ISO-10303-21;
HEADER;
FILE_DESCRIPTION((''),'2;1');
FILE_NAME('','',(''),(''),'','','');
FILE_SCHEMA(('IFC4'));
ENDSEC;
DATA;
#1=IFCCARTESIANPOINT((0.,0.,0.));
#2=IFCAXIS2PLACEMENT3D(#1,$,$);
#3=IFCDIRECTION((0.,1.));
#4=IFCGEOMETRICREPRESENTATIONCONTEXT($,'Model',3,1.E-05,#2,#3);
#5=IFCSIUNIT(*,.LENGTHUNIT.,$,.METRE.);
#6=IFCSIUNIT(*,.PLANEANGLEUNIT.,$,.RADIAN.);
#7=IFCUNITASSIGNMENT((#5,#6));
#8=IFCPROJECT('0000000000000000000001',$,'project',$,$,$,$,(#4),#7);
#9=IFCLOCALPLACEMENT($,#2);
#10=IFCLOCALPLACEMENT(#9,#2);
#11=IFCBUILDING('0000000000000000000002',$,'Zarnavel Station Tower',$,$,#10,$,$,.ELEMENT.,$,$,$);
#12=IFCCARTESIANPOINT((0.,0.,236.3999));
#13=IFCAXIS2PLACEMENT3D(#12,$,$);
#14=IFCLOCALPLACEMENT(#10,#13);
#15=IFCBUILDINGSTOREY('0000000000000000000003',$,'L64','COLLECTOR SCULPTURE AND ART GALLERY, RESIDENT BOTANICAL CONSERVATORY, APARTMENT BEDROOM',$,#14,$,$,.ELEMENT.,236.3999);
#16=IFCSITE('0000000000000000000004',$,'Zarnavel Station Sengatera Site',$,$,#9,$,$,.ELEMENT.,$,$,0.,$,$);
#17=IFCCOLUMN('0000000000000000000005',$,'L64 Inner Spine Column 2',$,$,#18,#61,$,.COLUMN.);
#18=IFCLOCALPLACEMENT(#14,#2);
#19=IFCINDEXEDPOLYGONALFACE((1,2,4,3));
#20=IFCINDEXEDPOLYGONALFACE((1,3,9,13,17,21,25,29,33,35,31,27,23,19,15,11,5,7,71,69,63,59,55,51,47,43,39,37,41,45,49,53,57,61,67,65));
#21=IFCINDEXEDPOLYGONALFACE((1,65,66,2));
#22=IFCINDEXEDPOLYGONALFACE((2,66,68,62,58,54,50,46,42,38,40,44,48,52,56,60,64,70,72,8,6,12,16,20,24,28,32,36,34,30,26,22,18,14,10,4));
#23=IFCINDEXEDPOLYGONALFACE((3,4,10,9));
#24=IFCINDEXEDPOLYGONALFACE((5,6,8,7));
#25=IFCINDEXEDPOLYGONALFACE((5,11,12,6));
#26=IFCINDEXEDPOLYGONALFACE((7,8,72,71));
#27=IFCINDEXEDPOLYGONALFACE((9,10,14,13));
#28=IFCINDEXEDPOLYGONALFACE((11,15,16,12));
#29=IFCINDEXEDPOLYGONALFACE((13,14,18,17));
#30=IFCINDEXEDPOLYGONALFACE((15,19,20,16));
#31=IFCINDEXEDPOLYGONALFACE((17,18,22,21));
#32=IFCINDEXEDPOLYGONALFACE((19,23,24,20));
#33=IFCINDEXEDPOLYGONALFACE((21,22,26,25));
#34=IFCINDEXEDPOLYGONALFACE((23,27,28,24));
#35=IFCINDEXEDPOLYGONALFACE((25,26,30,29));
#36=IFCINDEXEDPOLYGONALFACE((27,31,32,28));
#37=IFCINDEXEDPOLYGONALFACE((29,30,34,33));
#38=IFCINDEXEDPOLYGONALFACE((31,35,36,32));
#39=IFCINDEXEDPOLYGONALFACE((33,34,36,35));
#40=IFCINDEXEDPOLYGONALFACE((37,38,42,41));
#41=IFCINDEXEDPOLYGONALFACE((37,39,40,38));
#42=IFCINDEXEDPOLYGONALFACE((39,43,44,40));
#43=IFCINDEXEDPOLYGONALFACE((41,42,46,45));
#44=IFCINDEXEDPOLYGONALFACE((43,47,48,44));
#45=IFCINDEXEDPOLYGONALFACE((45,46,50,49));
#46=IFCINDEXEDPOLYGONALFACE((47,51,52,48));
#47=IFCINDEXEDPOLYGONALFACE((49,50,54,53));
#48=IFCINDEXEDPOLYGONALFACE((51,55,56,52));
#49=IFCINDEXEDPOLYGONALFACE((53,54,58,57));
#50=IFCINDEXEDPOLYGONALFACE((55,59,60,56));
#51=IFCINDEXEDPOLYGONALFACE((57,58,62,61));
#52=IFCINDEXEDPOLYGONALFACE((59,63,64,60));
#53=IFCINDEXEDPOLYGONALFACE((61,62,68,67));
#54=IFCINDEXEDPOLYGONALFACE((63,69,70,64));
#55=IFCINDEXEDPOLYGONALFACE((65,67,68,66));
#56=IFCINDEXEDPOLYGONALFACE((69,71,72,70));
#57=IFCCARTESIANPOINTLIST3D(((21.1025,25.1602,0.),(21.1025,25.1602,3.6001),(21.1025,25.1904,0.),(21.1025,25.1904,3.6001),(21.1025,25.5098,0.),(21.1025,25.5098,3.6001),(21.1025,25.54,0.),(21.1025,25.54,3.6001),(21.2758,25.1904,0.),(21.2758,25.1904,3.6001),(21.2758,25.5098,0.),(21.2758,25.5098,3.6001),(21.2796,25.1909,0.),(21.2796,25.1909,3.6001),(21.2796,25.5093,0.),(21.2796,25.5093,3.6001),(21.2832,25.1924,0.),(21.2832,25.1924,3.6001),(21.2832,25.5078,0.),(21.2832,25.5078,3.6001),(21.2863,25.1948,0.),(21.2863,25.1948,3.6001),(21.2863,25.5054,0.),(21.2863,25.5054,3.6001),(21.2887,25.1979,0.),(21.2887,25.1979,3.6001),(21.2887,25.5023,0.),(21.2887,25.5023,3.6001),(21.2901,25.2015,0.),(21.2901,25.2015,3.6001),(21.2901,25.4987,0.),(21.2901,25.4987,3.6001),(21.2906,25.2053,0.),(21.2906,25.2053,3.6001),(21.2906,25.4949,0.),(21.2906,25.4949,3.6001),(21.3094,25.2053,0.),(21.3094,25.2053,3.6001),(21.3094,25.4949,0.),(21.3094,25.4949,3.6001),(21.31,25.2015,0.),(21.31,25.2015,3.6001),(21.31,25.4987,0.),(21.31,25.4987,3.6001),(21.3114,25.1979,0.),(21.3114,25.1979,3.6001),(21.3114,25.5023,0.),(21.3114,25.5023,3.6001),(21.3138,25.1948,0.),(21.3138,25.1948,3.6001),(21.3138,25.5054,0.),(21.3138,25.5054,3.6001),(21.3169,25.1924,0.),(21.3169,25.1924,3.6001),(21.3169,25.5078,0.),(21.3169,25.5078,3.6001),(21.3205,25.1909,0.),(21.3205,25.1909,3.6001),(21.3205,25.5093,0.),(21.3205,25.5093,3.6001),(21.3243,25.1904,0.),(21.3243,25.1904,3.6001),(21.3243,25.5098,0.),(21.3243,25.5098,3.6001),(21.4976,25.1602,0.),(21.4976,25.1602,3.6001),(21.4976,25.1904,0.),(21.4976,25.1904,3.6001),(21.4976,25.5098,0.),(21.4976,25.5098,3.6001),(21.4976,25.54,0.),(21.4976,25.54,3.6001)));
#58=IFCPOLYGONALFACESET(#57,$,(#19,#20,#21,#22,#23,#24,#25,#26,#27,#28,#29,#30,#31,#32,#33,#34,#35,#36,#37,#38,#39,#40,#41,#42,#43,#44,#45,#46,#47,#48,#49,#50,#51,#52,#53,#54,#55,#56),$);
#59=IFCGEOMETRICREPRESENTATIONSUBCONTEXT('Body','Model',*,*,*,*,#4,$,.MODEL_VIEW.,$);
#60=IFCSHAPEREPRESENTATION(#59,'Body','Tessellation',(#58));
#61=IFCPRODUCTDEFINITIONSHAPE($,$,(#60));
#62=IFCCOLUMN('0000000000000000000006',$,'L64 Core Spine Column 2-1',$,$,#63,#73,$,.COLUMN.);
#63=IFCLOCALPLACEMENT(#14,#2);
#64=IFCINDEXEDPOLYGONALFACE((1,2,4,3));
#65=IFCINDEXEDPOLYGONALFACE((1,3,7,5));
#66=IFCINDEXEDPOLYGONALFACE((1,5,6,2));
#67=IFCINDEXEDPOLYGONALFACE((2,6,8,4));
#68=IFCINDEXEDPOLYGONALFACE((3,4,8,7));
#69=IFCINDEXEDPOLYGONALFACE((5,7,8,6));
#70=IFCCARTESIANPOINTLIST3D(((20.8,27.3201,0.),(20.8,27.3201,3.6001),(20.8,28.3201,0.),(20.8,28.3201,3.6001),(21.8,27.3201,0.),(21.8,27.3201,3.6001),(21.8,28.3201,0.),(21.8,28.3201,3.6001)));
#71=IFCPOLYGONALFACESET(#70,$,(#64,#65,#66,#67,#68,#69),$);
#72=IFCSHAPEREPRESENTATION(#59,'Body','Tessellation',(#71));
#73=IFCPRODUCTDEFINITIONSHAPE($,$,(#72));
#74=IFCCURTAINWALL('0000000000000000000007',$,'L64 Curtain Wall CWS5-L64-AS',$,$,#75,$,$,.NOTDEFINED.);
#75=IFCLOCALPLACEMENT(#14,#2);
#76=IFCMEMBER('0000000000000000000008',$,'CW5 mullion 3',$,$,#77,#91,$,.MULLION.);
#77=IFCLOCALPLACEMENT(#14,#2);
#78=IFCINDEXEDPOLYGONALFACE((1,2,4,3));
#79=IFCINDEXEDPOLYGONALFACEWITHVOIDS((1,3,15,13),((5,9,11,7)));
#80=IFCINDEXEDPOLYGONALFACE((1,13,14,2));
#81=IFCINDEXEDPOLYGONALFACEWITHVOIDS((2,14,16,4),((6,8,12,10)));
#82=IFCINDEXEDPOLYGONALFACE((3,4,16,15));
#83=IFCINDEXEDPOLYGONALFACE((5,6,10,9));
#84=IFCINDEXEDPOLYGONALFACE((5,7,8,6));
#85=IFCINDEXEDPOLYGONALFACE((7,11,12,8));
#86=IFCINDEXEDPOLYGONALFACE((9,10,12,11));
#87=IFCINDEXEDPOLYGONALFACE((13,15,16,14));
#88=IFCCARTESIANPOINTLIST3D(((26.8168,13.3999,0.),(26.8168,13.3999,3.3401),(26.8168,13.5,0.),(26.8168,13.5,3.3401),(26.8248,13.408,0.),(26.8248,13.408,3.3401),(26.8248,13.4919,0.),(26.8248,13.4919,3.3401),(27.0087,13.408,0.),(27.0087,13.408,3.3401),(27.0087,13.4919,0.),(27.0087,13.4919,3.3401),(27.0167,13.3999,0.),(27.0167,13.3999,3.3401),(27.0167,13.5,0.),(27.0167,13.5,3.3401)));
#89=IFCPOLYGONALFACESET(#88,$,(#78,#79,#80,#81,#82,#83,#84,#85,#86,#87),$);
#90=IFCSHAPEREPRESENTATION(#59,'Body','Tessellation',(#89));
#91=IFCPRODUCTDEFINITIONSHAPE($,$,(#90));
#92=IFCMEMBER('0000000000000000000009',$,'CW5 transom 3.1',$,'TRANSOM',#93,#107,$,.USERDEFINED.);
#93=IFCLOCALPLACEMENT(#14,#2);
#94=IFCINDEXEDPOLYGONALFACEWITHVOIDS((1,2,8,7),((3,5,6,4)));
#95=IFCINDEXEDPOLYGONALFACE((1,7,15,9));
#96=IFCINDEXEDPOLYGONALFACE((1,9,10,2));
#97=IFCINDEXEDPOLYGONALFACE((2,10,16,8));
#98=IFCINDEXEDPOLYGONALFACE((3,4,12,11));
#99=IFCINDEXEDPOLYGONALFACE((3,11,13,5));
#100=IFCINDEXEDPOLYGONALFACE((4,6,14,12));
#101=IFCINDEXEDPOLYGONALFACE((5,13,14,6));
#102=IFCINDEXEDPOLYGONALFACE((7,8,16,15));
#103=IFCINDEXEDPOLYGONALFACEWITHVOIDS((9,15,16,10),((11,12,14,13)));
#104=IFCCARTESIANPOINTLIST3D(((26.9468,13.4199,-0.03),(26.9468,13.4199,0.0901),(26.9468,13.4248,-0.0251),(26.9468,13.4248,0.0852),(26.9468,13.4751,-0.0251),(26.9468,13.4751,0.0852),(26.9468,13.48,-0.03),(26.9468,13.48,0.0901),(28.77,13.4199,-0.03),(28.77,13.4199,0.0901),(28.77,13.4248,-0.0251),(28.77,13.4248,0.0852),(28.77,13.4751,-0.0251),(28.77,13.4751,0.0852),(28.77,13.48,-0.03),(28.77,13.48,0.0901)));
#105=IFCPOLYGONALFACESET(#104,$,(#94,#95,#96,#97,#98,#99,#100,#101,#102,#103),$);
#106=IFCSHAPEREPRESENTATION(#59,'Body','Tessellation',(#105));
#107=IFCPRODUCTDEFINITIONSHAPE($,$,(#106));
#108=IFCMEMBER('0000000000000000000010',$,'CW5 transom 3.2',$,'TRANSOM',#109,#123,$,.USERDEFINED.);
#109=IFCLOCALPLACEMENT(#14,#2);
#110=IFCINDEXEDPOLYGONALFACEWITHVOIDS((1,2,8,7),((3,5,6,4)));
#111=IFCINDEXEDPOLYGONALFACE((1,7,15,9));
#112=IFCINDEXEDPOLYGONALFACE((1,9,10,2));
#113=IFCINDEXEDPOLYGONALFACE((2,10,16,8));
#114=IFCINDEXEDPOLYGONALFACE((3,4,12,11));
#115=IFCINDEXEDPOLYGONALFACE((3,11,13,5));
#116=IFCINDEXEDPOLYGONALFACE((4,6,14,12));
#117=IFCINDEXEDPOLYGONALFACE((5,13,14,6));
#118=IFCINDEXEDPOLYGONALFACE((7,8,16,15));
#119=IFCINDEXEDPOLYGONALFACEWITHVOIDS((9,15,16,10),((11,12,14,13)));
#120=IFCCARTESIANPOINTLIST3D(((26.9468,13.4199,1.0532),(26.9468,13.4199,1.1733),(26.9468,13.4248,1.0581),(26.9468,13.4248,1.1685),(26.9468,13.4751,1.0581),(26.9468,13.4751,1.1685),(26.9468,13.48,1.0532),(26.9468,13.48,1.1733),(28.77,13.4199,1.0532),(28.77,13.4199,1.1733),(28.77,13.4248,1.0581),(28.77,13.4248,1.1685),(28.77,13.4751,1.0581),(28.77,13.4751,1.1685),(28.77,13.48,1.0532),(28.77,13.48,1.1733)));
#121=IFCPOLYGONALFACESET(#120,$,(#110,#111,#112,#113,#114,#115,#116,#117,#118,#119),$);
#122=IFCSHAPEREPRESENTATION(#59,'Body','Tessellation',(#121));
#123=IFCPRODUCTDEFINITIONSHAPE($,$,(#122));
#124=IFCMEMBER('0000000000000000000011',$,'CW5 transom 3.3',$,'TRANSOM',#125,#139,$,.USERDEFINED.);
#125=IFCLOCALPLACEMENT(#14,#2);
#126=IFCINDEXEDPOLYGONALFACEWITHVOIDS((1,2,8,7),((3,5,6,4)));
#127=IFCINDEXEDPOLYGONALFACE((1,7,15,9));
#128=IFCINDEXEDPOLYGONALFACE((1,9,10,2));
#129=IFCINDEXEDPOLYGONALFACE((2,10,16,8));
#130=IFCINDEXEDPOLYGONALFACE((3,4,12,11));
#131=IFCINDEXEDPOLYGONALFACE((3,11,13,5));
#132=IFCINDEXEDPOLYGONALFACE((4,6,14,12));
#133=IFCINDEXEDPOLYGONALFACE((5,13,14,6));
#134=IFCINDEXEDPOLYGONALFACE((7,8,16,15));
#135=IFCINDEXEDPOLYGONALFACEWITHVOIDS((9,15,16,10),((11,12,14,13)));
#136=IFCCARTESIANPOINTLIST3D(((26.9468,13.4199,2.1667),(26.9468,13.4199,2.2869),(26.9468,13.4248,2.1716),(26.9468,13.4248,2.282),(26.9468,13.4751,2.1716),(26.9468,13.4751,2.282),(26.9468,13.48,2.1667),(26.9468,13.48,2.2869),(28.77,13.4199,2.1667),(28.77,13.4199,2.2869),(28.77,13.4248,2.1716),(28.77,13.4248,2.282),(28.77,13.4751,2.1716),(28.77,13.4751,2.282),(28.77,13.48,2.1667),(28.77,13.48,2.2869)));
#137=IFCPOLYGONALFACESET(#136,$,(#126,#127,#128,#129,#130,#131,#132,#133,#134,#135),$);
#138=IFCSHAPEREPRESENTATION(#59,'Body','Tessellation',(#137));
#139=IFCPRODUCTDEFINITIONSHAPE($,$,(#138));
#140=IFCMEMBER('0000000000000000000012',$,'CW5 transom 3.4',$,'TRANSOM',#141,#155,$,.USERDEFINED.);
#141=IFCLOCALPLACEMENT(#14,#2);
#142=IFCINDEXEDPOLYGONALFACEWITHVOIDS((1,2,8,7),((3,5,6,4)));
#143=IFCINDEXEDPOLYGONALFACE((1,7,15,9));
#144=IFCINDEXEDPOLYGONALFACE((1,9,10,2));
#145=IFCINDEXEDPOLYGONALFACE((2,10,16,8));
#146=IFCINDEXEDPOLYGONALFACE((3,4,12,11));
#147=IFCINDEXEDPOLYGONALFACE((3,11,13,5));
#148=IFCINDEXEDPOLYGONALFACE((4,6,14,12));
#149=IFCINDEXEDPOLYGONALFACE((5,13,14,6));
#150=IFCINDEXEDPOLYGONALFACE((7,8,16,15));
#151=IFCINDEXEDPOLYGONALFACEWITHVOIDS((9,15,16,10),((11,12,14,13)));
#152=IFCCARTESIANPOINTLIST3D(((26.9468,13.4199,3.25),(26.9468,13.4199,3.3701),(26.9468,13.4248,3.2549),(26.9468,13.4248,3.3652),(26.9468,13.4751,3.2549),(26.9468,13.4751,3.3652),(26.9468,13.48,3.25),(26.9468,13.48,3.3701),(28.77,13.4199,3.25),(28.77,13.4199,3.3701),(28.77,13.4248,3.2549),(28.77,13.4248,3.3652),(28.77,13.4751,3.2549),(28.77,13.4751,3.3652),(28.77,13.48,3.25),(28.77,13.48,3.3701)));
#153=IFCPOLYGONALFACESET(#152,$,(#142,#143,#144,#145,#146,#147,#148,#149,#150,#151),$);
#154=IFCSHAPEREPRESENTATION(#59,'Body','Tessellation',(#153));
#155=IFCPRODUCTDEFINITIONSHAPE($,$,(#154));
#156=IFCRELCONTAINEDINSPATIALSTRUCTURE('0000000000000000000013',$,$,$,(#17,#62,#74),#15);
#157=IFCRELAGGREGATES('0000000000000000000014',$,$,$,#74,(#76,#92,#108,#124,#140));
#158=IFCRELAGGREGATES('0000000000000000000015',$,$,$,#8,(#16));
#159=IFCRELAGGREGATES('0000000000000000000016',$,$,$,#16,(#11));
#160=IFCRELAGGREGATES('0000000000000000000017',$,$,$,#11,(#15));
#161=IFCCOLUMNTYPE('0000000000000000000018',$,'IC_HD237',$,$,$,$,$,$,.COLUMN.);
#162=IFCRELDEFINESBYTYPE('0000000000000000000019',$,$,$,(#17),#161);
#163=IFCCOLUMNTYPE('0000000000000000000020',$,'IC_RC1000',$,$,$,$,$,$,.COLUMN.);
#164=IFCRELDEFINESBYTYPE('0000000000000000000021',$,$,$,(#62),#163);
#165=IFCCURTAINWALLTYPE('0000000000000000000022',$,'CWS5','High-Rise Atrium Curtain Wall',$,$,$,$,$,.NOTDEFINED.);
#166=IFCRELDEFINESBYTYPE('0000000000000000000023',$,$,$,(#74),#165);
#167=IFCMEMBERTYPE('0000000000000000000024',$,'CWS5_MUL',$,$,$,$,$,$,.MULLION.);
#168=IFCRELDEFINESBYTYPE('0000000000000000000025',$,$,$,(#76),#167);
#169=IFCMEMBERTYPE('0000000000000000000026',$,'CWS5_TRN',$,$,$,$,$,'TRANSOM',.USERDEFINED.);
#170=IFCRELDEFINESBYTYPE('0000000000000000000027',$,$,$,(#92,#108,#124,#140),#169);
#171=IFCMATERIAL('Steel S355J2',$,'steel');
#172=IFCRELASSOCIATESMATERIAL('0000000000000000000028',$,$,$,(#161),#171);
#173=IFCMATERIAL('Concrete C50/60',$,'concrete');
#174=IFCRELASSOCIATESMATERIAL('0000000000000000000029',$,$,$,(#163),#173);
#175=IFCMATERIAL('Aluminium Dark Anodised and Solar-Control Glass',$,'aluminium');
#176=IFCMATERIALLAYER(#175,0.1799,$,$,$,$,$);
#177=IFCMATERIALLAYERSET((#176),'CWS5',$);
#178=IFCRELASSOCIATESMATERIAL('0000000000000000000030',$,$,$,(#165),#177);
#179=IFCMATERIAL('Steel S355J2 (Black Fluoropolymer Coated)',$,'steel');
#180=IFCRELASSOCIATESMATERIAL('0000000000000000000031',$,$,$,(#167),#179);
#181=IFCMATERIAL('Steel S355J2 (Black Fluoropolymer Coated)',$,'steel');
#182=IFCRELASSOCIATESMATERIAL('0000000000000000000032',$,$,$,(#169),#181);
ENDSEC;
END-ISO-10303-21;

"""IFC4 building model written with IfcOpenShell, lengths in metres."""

from ifc_helpers import new_model, si_unit, direction, frame, origin, origin_2d, place, context, subcontext, project, spatial, rectangle, hollow_rectangle, i_section, extrude, material, layer, layer_set, material_profile, profile_set, type_object, element, aggregate, save


model = new_model("IFC4")

# Units and contexts
model_context = context("Model", 3, precision=1e-05, world=origin(), true_north=direction((0.0, 1.0)))
body_context = subcontext(model_context, "Body", "Model", "MODEL_VIEW")
ifc_project = project(units=[si_unit("LENGTHUNIT", "METRE"), si_unit("PLANEANGLEUNIT", "RADIAN")], contexts=[model_context])

# Site, building, storey
site_placement = place(None, origin())
site = spatial("IfcSite", under=ifc_project, at=site_placement, Name="Zarnavel Station Sengatera Site", CompositionType="ELEMENT", RefElevation=0.0)
building_placement = place(site_placement, origin())
building = spatial("IfcBuilding", under=site, at=building_placement, Name="Zarnavel Station Tower", CompositionType="ELEMENT")
storey_placement = place(building_placement, frame((0.0, 0.0, 236.3999)))
storey = spatial("IfcBuildingStorey", under=building, at=storey_placement, Name="L64", Description="COLLECTOR SCULPTURE AND ART GALLERY, RESIDENT BOTANICAL CONSERVATORY, APARTMENT BEDROOM", CompositionType="ELEMENT", Elevation=236.3999)

# Columns
ifc_material_1 = material(Name="Steel S355J2", Category="steel")
ifc_material_profile_1 = material_profile(ifc_material_1, i_section(OverallWidth=0.395, OverallDepth=0.3799, WebThickness=0.0188, FlangeThickness=0.0303, FilletRadius=0.0149, at=origin_2d()), Name="HD400x237")
ifc_profile_set_1 = profile_set([ifc_material_profile_1], Name="Steel S355J2")
column_type_1 = type_object("IfcColumnType", Name="IC_HD237", PredefinedType="COLUMN", material=ifc_profile_set_1)
column_1_placement = place(storey_placement, frame((21.3, 25.3501, 0.0), z_axis=(0.0, 0.0, 1.0), x_axis=(1.0, 0.0, 0.0)))
element("IfcColumn", 1, at=column_1_placement, inside=storey, type_object=column_type_1, Name="L64 Inner Spine Column 2", PredefinedType="COLUMN", context=body_context, shape_type="SweptSolid", body=[
    extrude(i_section(OverallWidth=0.395, OverallDepth=0.3799, WebThickness=0.0188, FlangeThickness=0.0303, FilletRadius=0.0149, at=origin_2d()), origin(), (0.0, 0.0, 1.0), 3.6001),
])
ifc_material_2 = material(Name="Concrete C50/60", Category="concrete")
ifc_material_profile_2 = material_profile(ifc_material_2, rectangle(XDim=1.0, YDim=1.0, at=origin_2d()), Name="RC1000x1000")
ifc_profile_set_2 = profile_set([ifc_material_profile_2], Name="Concrete C50/60")
column_type_2 = type_object("IfcColumnType", Name="IC_RC1000", PredefinedType="COLUMN", material=ifc_profile_set_2)
column_2_placement = place(storey_placement, frame((21.3, 27.8201, 0.0), z_axis=(0.0, 0.0, 1.0), x_axis=(1.0, 0.0, 0.0)))
element("IfcColumn", 2, at=column_2_placement, inside=storey, type_object=column_type_2, Name="L64 Core Spine Column 2-1", PredefinedType="COLUMN", context=body_context, shape_type="SweptSolid", body=[
    extrude(rectangle(XDim=1.0, YDim=1.0, at=origin_2d()), origin(), (0.0, 0.0, 1.0), 3.6001),
])

# Curtain wall, members
ifc_material_3 = material(Name="Aluminium Dark Anodised and Solar-Control Glass", Category="aluminium")
ifc_layer_1 = layer(ifc_material_3, 0.1799)
ifc_layer_set_1 = layer_set([ifc_layer_1], Name="CWS5")
curtain_wall_type = type_object("IfcCurtainWallType", Name="CWS5", Description="High-Rise Atrium Curtain Wall", PredefinedType="NOTDEFINED", material=ifc_layer_set_1)
curtain_wall_placement = place(storey_placement, origin())
curtain_wall = element("IfcCurtainWall", 3, at=curtain_wall_placement, inside=storey, type_object=curtain_wall_type, Name="L64 Curtain Wall CWS5-L64-AS", PredefinedType="NOTDEFINED")
ifc_material_4 = material(Name="Steel S355J2 (Black Fluoropolymer Coated)", Category="steel")
ifc_material_profile_3 = material_profile(ifc_material_4, hollow_rectangle(XDim=0.1001, YDim=0.2, WallThickness=0.0081, at=origin_2d()), Name="RHS200x100x8")
ifc_profile_set_3 = profile_set([ifc_material_profile_3], Name="Steel S355J2 (Black Fluoropolymer Coated)")
member_type_1 = type_object("IfcMemberType", Name="CWS5_MUL", PredefinedType="MULLION", material=ifc_profile_set_3)
member_1_placement = place(storey_placement, frame((26.9167, 13.45, 0.0), z_axis=(0.0, 0.0, 1.0), x_axis=(0.0, 1.0, 0.0)))
member_1 = element("IfcMember", 4, at=member_1_placement, type_object=member_type_1, Name="CW5 mullion 3", PredefinedType="MULLION", context=body_context, shape_type="SweptSolid", body=[
    extrude(hollow_rectangle(XDim=0.1001, YDim=0.2, WallThickness=0.0081, at=origin_2d()), origin(), (0.0, 0.0, 1.0), 3.3401),
])
ifc_material_5 = material(Name="Steel S355J2 (Black Fluoropolymer Coated)", Category="steel")
ifc_material_profile_4 = material_profile(ifc_material_5, hollow_rectangle(XDim=0.0601, YDim=0.1201, WallThickness=0.0049, at=origin_2d()), Name="RHS120x60x5")
ifc_profile_set_4 = profile_set([ifc_material_profile_4], Name="Steel S355J2 (Black Fluoropolymer Coated)")
member_type_2 = type_object("IfcMemberType", Name="CWS5_TRN", ElementType="TRANSOM", PredefinedType="USERDEFINED", material=ifc_profile_set_4)
member_2_placement = place(storey_placement, frame((26.9468, 13.45, 0.03), z_axis=(1.0, 0.0, 0.0), x_axis=(0.0, 1.0, 0.0)))
member_2 = element("IfcMember", 5, at=member_2_placement, type_object=member_type_2, Name="CW5 transom 3.1", ObjectType="TRANSOM", PredefinedType="USERDEFINED", context=body_context, shape_type="SweptSolid", body=[
    extrude(hollow_rectangle(XDim=0.0601, YDim=0.1201, WallThickness=0.0049, at=origin_2d()), origin(), (0.0, 0.0, 1.0), 1.8232),
])
member_3_placement = place(storey_placement, frame((26.9468, 13.45, 1.1133), z_axis=(1.0, 0.0, 0.0), x_axis=(0.0, 1.0, 0.0)))
member_3 = element("IfcMember", 6, at=member_3_placement, type_object=member_type_2, Name="CW5 transom 3.2", ObjectType="TRANSOM", PredefinedType="USERDEFINED", context=body_context, shape_type="SweptSolid", body=[
    extrude(hollow_rectangle(XDim=0.0601, YDim=0.1201, WallThickness=0.0049, at=origin_2d()), origin(), (0.0, 0.0, 1.0), 1.8232),
])
member_4_placement = place(storey_placement, frame((26.9468, 13.45, 2.2268), z_axis=(1.0, 0.0, 0.0), x_axis=(0.0, 1.0, 0.0)))
member_4 = element("IfcMember", 7, at=member_4_placement, type_object=member_type_2, Name="CW5 transom 3.3", ObjectType="TRANSOM", PredefinedType="USERDEFINED", context=body_context, shape_type="SweptSolid", body=[
    extrude(hollow_rectangle(XDim=0.0601, YDim=0.1201, WallThickness=0.0049, at=origin_2d()), origin(), (0.0, 0.0, 1.0), 1.8232),
])
member_5_placement = place(storey_placement, frame((26.9468, 13.45, 3.3101), z_axis=(1.0, 0.0, 0.0), x_axis=(0.0, 1.0, 0.0)))
member_5 = element("IfcMember", 8, at=member_5_placement, type_object=member_type_2, Name="CW5 transom 3.4", ObjectType="TRANSOM", PredefinedType="USERDEFINED", context=body_context, shape_type="SweptSolid", body=[
    extrude(hollow_rectangle(XDim=0.0601, YDim=0.1201, WallThickness=0.0049, at=origin_2d()), origin(), (0.0, 0.0, 1.0), 1.8232),
])

aggregate(curtain_wall, [member_1, member_2, member_3, member_4, member_5])

save(model, "model.ifc")
